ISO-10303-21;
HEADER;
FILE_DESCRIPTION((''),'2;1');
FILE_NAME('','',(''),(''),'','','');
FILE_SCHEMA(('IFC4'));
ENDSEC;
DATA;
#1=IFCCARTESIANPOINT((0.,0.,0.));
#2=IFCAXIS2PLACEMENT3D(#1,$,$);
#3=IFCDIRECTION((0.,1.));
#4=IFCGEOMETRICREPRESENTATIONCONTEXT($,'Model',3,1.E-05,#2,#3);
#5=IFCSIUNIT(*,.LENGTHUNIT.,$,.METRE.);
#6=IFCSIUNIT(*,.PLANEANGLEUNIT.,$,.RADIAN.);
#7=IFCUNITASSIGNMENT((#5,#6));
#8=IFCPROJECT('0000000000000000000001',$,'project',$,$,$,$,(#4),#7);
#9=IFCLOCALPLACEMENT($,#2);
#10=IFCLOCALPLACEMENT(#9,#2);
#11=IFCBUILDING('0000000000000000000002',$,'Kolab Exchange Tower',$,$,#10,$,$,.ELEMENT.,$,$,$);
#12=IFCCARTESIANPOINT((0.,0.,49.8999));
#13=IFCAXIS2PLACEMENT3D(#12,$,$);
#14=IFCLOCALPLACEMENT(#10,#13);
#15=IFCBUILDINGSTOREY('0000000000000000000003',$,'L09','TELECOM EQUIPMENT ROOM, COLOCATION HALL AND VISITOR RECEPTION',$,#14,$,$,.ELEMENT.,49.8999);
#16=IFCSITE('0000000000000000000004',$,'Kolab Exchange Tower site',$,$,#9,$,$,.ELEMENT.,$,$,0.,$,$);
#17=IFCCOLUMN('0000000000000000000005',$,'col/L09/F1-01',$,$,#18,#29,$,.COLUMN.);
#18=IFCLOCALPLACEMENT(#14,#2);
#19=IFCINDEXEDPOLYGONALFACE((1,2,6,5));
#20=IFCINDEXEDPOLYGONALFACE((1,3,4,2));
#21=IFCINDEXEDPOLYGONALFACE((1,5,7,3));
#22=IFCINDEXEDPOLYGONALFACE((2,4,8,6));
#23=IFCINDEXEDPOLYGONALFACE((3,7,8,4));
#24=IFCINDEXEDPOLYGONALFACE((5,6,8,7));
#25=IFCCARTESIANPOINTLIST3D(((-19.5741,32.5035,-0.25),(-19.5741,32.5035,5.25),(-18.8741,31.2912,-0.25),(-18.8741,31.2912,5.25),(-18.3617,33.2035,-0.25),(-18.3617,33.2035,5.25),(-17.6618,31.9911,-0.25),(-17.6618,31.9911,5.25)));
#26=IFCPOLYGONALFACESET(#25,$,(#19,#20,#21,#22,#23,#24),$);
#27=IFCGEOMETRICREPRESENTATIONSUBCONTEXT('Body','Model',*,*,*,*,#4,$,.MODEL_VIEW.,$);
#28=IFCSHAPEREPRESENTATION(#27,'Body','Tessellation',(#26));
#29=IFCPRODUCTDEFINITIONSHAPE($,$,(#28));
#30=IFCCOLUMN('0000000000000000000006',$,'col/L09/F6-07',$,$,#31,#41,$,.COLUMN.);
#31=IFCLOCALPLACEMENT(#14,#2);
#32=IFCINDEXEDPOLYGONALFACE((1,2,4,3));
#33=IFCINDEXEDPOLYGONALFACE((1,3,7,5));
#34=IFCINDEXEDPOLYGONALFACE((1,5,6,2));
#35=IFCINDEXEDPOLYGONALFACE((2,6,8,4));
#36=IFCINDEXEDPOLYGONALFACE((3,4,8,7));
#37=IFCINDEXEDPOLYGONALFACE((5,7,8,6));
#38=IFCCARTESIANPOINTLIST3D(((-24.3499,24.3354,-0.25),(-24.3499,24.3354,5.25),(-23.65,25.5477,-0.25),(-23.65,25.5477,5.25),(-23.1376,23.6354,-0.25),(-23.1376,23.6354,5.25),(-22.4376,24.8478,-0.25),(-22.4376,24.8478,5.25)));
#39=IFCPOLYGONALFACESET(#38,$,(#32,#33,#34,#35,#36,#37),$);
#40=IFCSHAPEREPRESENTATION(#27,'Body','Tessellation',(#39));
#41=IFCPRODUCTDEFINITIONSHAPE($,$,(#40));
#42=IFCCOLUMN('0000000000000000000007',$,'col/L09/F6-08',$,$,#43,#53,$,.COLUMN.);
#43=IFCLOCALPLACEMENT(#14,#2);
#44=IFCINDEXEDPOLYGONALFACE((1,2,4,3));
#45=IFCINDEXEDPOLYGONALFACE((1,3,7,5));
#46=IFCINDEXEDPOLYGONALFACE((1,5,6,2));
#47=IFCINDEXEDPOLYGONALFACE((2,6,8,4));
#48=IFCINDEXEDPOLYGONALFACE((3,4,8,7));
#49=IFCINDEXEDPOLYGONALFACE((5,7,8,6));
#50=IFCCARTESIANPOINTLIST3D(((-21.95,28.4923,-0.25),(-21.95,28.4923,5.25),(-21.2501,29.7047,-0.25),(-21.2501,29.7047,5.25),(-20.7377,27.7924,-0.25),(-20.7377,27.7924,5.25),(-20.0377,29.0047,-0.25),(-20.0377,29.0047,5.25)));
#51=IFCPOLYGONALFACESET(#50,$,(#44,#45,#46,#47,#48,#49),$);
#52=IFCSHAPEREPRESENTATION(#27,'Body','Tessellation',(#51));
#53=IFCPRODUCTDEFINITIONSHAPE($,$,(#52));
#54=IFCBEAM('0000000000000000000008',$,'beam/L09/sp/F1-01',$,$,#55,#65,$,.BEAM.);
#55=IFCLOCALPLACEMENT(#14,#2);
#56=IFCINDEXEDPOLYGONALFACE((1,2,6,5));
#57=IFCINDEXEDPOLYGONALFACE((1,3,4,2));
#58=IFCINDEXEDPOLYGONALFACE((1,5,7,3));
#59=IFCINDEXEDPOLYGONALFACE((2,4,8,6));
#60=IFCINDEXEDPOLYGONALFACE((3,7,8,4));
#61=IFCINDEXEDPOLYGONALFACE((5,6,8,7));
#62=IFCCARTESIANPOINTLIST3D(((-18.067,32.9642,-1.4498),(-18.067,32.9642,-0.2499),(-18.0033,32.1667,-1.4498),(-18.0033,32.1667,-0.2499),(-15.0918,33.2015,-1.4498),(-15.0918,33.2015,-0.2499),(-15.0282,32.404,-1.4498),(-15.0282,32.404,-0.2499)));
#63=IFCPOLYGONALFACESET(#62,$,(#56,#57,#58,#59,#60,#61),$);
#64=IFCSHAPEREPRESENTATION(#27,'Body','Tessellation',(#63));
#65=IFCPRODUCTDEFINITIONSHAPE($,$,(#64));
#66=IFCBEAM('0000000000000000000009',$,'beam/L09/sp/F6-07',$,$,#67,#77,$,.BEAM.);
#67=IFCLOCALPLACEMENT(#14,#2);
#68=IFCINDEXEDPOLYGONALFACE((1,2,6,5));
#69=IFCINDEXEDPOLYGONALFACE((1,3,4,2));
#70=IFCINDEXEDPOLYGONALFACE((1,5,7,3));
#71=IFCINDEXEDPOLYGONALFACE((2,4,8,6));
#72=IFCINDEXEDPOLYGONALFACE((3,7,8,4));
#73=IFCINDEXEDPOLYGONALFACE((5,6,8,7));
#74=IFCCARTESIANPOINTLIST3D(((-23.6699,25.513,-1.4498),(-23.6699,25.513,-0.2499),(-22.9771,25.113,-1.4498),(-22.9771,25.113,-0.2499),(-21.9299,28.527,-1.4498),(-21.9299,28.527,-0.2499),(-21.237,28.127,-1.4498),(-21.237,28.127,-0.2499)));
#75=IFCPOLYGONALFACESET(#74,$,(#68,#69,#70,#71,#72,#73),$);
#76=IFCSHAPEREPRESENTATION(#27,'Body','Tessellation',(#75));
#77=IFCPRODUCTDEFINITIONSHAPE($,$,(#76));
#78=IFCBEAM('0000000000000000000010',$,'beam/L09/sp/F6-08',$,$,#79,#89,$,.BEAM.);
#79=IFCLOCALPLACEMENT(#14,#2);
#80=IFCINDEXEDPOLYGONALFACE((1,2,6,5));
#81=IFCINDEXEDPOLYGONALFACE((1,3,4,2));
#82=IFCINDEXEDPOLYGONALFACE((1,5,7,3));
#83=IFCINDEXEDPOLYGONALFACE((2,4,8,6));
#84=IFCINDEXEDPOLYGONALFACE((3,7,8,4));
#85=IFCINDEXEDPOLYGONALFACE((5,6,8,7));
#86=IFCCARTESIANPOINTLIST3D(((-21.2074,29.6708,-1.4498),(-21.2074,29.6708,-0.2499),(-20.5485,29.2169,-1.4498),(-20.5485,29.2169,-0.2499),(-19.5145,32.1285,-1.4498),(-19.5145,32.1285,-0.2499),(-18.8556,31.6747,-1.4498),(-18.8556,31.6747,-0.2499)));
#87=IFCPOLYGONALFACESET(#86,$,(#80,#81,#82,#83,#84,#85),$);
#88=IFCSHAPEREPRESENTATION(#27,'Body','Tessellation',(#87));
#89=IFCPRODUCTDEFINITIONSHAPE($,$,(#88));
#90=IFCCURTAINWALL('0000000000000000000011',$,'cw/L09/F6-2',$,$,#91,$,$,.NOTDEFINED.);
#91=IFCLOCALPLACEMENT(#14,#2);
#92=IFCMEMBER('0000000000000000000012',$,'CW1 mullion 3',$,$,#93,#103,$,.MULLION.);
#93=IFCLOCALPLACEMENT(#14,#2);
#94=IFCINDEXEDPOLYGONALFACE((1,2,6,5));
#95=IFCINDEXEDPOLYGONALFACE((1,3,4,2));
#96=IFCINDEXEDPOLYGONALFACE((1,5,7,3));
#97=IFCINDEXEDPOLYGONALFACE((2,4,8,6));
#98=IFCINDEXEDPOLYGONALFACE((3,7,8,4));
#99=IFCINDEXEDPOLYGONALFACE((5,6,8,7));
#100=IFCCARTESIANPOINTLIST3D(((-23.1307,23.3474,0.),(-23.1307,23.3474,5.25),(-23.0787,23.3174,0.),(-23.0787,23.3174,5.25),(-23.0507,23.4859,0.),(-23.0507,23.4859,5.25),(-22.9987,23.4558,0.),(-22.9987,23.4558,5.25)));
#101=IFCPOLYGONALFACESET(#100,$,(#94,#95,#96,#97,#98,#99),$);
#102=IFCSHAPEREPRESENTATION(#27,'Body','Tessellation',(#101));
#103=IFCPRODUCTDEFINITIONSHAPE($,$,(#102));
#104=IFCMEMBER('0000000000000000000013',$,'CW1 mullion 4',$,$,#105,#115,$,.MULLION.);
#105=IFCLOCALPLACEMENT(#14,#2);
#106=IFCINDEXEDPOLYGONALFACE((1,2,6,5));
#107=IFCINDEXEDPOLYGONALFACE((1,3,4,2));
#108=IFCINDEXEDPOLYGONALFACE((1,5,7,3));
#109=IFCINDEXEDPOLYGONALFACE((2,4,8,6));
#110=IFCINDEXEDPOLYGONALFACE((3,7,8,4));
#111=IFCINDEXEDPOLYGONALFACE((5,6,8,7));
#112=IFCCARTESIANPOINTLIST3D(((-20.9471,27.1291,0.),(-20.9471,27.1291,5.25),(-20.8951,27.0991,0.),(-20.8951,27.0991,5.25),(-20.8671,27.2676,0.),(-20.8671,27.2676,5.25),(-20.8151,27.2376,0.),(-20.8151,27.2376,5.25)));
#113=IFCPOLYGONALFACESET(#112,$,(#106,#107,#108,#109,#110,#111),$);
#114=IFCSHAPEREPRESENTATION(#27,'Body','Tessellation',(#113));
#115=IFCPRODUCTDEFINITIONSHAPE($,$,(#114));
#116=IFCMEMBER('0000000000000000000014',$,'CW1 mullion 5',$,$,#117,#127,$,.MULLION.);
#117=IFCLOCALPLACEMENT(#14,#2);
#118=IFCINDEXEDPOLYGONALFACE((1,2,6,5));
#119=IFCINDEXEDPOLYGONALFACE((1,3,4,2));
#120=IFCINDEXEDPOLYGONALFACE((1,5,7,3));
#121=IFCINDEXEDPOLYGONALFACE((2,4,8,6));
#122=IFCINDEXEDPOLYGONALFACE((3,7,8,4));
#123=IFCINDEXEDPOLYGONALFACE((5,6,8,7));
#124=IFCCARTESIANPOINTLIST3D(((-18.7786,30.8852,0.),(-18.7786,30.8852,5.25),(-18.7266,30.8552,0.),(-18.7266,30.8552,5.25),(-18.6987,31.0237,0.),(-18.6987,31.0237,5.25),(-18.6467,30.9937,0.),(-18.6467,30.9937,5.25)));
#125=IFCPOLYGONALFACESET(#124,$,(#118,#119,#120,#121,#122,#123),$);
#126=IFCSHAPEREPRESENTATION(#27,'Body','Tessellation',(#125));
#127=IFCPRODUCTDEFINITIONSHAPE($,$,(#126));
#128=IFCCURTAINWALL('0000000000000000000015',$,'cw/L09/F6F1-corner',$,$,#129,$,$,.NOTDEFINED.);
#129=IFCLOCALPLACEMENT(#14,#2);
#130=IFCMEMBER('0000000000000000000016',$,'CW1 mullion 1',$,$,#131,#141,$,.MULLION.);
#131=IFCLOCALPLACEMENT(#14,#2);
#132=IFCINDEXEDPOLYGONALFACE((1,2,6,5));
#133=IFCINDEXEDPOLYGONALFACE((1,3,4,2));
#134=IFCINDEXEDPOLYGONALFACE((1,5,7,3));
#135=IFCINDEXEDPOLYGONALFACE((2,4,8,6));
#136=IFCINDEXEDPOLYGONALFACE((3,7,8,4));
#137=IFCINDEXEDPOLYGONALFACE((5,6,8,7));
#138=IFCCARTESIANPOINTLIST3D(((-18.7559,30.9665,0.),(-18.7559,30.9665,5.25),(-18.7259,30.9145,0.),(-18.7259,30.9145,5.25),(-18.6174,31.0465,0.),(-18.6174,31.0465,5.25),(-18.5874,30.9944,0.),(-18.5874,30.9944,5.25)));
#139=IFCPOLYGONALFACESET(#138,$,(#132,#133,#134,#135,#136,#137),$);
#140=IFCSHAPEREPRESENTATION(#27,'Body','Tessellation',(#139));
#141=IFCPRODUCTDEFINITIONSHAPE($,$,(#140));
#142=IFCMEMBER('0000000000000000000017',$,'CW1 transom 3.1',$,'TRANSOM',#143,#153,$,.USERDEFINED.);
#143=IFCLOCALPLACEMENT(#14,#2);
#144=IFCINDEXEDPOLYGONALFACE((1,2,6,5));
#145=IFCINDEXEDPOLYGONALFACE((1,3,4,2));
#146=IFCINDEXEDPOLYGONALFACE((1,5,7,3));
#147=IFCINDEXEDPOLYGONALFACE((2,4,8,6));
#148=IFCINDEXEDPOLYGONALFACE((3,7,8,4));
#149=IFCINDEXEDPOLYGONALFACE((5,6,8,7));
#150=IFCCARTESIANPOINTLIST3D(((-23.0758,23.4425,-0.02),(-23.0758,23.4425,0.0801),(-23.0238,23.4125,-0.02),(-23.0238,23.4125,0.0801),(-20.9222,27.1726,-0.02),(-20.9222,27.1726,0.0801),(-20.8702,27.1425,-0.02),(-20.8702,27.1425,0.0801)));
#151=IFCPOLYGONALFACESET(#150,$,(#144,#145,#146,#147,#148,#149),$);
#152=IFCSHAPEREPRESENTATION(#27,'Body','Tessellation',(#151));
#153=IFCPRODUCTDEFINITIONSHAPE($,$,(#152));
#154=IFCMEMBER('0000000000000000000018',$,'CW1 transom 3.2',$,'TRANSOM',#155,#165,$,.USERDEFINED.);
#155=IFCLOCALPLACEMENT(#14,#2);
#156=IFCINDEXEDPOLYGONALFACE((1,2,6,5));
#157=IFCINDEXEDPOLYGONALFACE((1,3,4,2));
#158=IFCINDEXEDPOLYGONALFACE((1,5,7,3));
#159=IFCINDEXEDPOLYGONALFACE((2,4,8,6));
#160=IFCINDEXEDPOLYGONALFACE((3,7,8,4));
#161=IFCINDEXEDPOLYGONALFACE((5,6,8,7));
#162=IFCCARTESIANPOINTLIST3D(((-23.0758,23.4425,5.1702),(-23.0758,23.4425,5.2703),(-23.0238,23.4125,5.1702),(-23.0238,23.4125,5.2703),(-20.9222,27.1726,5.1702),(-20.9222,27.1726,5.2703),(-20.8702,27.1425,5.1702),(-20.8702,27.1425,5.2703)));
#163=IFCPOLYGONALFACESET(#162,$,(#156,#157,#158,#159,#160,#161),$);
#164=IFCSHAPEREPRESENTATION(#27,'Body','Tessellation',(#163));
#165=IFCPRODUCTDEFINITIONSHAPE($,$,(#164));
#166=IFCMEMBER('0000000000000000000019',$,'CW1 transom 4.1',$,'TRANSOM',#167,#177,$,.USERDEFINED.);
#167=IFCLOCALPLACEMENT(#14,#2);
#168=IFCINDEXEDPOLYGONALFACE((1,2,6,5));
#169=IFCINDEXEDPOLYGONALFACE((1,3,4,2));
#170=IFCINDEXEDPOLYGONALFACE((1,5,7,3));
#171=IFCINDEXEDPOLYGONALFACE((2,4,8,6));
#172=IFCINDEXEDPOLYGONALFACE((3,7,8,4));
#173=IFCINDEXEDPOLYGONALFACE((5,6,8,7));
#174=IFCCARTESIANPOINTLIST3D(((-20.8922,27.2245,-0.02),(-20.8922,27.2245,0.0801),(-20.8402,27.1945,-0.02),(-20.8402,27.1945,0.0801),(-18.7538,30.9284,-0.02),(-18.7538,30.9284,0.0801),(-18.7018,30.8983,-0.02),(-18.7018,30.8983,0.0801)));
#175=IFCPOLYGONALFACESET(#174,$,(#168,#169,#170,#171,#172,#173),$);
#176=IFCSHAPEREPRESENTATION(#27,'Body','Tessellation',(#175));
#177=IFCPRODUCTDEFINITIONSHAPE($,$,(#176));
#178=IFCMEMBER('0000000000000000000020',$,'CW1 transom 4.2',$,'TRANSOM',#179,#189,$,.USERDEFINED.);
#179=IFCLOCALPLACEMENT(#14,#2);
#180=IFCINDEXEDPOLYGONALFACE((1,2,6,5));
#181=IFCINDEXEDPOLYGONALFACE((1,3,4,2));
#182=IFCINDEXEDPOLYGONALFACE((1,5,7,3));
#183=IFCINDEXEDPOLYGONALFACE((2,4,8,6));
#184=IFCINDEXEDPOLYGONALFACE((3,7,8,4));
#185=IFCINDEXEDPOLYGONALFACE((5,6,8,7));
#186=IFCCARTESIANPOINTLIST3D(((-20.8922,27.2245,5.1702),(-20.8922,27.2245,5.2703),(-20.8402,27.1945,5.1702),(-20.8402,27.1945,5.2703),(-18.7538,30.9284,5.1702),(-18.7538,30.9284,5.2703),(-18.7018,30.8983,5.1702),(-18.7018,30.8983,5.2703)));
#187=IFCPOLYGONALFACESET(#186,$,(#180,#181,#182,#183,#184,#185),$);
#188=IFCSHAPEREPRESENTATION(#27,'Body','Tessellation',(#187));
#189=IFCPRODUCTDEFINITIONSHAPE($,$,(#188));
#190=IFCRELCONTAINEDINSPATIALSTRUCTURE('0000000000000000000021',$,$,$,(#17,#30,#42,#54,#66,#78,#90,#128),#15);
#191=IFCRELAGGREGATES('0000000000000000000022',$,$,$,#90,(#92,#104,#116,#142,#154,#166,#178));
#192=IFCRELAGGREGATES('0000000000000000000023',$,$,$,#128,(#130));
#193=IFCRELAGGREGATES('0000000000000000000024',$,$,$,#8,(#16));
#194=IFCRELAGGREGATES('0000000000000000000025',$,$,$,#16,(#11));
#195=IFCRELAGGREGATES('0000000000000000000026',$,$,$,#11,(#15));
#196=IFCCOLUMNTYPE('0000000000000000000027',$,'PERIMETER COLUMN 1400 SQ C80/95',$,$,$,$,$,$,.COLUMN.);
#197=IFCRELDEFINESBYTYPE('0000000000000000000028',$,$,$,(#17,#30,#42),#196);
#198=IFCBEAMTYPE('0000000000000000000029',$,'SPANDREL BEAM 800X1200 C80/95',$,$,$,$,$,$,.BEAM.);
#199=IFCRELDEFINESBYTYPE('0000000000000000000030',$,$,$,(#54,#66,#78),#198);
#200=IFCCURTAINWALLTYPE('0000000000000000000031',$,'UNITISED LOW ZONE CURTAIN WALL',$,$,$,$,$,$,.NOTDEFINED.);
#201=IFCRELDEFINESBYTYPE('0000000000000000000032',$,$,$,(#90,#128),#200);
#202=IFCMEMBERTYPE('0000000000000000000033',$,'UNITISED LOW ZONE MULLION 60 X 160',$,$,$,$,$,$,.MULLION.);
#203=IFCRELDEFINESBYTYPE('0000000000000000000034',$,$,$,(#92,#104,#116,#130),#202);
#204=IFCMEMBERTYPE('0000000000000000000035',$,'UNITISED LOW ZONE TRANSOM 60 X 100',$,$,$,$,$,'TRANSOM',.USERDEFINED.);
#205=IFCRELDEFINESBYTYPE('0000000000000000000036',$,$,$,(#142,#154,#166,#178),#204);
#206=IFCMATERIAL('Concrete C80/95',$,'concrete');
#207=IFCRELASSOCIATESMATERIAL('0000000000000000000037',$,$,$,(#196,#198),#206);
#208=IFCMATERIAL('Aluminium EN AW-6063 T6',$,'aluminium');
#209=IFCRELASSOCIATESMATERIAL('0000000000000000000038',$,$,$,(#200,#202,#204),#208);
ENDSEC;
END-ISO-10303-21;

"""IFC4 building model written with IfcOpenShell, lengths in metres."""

from ifc_helpers import new_model, si_unit, direction, frame, origin, origin_2d, place, context, subcontext, project, spatial, rectangle, extrude, material, material_profile, profile_set, type_object, element, aggregate, save


model = new_model("IFC4")

# Units and contexts
model_context = context("Model", 3, precision=1e-05, world=origin(), true_north=direction((0.0, 1.0)))
body_context = subcontext(model_context, "Body", "Model", "MODEL_VIEW")
ifc_project = project(units=[si_unit("LENGTHUNIT", "METRE"), si_unit("PLANEANGLEUNIT", "RADIAN")], contexts=[model_context])

# Site, building, storey
site_placement = place(None, origin())
site = spatial("IfcSite", under=ifc_project, at=site_placement, Name="Kolab Exchange Tower site", CompositionType="ELEMENT", RefElevation=0.0)
building_placement = place(site_placement, origin())
building = spatial("IfcBuilding", under=site, at=building_placement, Name="Kolab Exchange Tower", CompositionType="ELEMENT")
storey_placement = place(building_placement, frame((0.0, 0.0, 49.8999)))
storey = spatial("IfcBuildingStorey", under=building, at=storey_placement, Name="L09", Description="TELECOM EQUIPMENT ROOM, COLOCATION HALL AND VISITOR RECEPTION", CompositionType="ELEMENT", Elevation=49.8999)

# Columns
ifc_material_1 = material(Name="Concrete C80/95", Category="concrete")
ifc_material_profile_1 = material_profile(ifc_material_1, rectangle(XDim=1.3999, YDim=1.3999, at=origin_2d()), Name="RC1400")
ifc_profile_set_1 = profile_set([ifc_material_profile_1], Name="Concrete C80/95")
column_type = type_object("IfcColumnType", Name="PERIMETER COLUMN 1400 SQ C80/95", PredefinedType="COLUMN", material=ifc_profile_set_1)
for number, where, z_axis, x_axis, name in (
    (1, (-18.6179, 32.2473, -0.25), (0.0, 0.0, 1.0), (0.866025, 0.5, 0.0), "col/L09/F1-01"),
    (2, (-23.3938, 24.5916, -0.25), (0.0, 0.0, 1.0), (0.5, 0.866025, 0.0), "col/L09/F6-07"),
    (3, (-20.9939, 28.7485, -0.25), (0.0, 0.0, 1.0), (0.5, 0.866025, 0.0), "col/L09/F6-08"),
):
    element("IfcColumn", number, at=place(storey_placement, frame(where, z_axis=z_axis, x_axis=x_axis)), inside=storey, type_object=column_type, Name=name, PredefinedType="COLUMN", context=body_context, shape_type="SweptSolid", body=[
        extrude(rectangle(XDim=1.3999, YDim=1.3999, at=origin_2d()), origin(), (0.0, 0.0, 1.0), 5.5),
    ])

# Beams
ifc_material_profile_2 = material_profile(ifc_material_1, rectangle(XDim=0.8, YDim=1.2, at=origin_2d()), Name="RC800X1200")
ifc_profile_set_2 = profile_set([ifc_material_profile_2], Name="Concrete C80/95")
beam_type = type_object("IfcBeamType", Name="SPANDREL BEAM 800X1200 C80/95", PredefinedType="BEAM", material=ifc_profile_set_2)
beam_1_placement = place(storey_placement, frame((-18.0352, 32.5654, -0.8499), z_axis=(0.996834, 0.079511, 0.0), x_axis=(-0.079511, 0.996834, 0.0)))
element("IfcBeam", 4, at=beam_1_placement, inside=storey, type_object=beam_type, Name="beam/L09/sp/F1-01", PredefinedType="BEAM", context=body_context, shape_type="SweptSolid", body=[
    extrude(rectangle(XDim=0.8, YDim=1.2, at=origin_2d()), origin(), (0.0, 0.0, 1.0), 2.9846),
])
beam_2_placement = place(storey_placement, frame((-23.3235, 25.313, -0.8499), z_axis=(0.49998, 0.866037, 0.0), x_axis=(-0.866037, 0.49998, 0.0)))
element("IfcBeam", 5, at=beam_2_placement, inside=storey, type_object=beam_type, Name="beam/L09/sp/F6-07", PredefinedType="BEAM", context=body_context, shape_type="SweptSolid", body=[
    extrude(rectangle(XDim=0.8, YDim=1.2, at=origin_2d()), origin(), (0.0, 0.0, 1.0), 3.4802),
])
beam_3_placement = place(storey_placement, frame((-20.8779, 29.4438, -0.8499), z_axis=(0.567247, 0.823548, 0.0), x_axis=(-0.823548, 0.567247, 0.0)))
element("IfcBeam", 6, at=beam_3_placement, inside=storey, type_object=beam_type, Name="beam/L09/sp/F6-08", PredefinedType="BEAM", context=body_context, shape_type="SweptSolid", body=[
    extrude(rectangle(XDim=0.8, YDim=1.2, at=origin_2d()), origin(), (0.0, 0.0, 1.0), 2.9844),
])

# Curtain wall, members
ifc_material_2 = material(Name="Aluminium EN AW-6063 T6", Category="aluminium")
curtain_wall_type = type_object("IfcCurtainWallType", Name="UNITISED LOW ZONE CURTAIN WALL", PredefinedType="NOTDEFINED", material=ifc_material_2)
curtain_wall_1_placement = place(storey_placement, origin())
curtain_wall_1 = element("IfcCurtainWall", 7, at=curtain_wall_1_placement, inside=storey, type_object=curtain_wall_type, Name="cw/L09/F6-2", PredefinedType="NOTDEFINED")
ifc_material_profile_3 = material_profile(ifc_material_2, rectangle(XDim=0.0601, YDim=0.1599, at=origin_2d()), Name="RECT 60X160")
ifc_profile_set_3 = profile_set([ifc_material_profile_3], Name="Aluminium EN AW-6063 T6")
member_type_1 = type_object("IfcMemberType", Name="UNITISED LOW ZONE MULLION 60 X 160", PredefinedType="MULLION", material=ifc_profile_set_3)
member_1_placement = place(storey_placement, frame((-23.0647, 23.4016, 0.0), z_axis=(0.0, 0.0, 1.0), x_axis=(-0.866025, 0.5, 0.0)))
member_1 = element("IfcMember", 8, at=member_1_placement, type_object=member_type_1, Name="CW1 mullion 3", PredefinedType="MULLION", context=body_context, shape_type="SweptSolid", body=[
    extrude(rectangle(XDim=0.0601, YDim=0.1599, at=origin_2d()), origin(), (0.0, 0.0, 1.0), 5.25),
])
member_2_placement = place(storey_placement, frame((-20.8811, 27.1833, 0.0), z_axis=(0.0, 0.0, 1.0), x_axis=(-0.866025, 0.5, 0.0)))
member_2 = element("IfcMember", 9, at=member_2_placement, type_object=member_type_1, Name="CW1 mullion 4", PredefinedType="MULLION", context=body_context, shape_type="SweptSolid", body=[
    extrude(rectangle(XDim=0.0601, YDim=0.1599, at=origin_2d()), origin(), (0.0, 0.0, 1.0), 5.25),
])
member_3_placement = place(storey_placement, frame((-18.7126, 30.9395, 0.0), z_axis=(0.0, 0.0, 1.0), x_axis=(-0.866025, 0.5, 0.0)))
member_3 = element("IfcMember", 10, at=member_3_placement, type_object=member_type_1, Name="CW1 mullion 5", PredefinedType="MULLION", context=body_context, shape_type="SweptSolid", body=[
    extrude(rectangle(XDim=0.0601, YDim=0.1599, at=origin_2d()), origin(), (0.0, 0.0, 1.0), 5.25),
])

# Curtain wall, member
curtain_wall_2_placement = place(storey_placement, origin())
curtain_wall_2 = element("IfcCurtainWall", 11, at=curtain_wall_2_placement, inside=storey, type_object=curtain_wall_type, Name="cw/L09/F6F1-corner", PredefinedType="NOTDEFINED")
member_4_placement = place(storey_placement, frame((-18.6716, 30.9805, 0.0), z_axis=(0.0, 0.0, 1.0), x_axis=(-0.5, 0.866025, 0.0)))
member_4 = element("IfcMember", 12, at=member_4_placement, type_object=member_type_1, Name="CW1 mullion 1", PredefinedType="MULLION", context=body_context, shape_type="SweptSolid", body=[
    extrude(rectangle(XDim=0.0601, YDim=0.1599, at=origin_2d()), origin(), (0.0, 0.0, 1.0), 5.25),
])

# Members
ifc_material_profile_4 = material_profile(ifc_material_2, rectangle(XDim=0.0601, YDim=0.1001, at=origin_2d()), Name="RECT 60X100")
ifc_profile_set_4 = profile_set([ifc_material_profile_4], Name="Aluminium EN AW-6063 T6")
member_type_2 = type_object("IfcMemberType", Name="UNITISED LOW ZONE TRANSOM 60 X 100", ElementType="TRANSOM", PredefinedType="USERDEFINED", material=ifc_profile_set_4)
member_5_placement = place(storey_placement, frame((-23.0498, 23.4275, 0.03), z_axis=(0.50001, 0.866019, 0.0), x_axis=(-0.866019, 0.50001, 0.0)))
member_5 = element("IfcMember", 13, at=member_5_placement, type_object=member_type_2, Name="CW1 transom 3.1", ObjectType="TRANSOM", PredefinedType="USERDEFINED", context=body_context, shape_type="SweptSolid", body=[
    extrude(rectangle(XDim=0.0601, YDim=0.1001, at=origin_2d()), origin(), (0.0, 0.0, 1.0), 4.3071),
])
member_6_placement = place(storey_placement, frame((-23.0498, 23.4275, 5.2202), z_axis=(0.50001, 0.866019, 0.0), x_axis=(-0.866019, 0.50001, 0.0)))
member_6 = element("IfcMember", 14, at=member_6_placement, type_object=member_type_2, Name="CW1 transom 3.2", ObjectType="TRANSOM", PredefinedType="USERDEFINED", context=body_context, shape_type="SweptSolid", body=[
    extrude(rectangle(XDim=0.0601, YDim=0.1001, at=origin_2d()), origin(), (0.0, 0.0, 1.0), 4.3071),
])
member_7_placement = place(storey_placement, frame((-20.8662, 27.2095, 0.03), z_axis=(0.500001, 0.866025, 0.0), x_axis=(-0.866025, 0.500001, 0.0)))
member_7 = element("IfcMember", 15, at=member_7_placement, type_object=member_type_2, Name="CW1 transom 4.1", ObjectType="TRANSOM", PredefinedType="USERDEFINED", context=body_context, shape_type="SweptSolid", body=[
    extrude(rectangle(XDim=0.0601, YDim=0.1001, at=origin_2d()), origin(), (0.0, 0.0, 1.0), 4.2769),
])
member_8_placement = place(storey_placement, frame((-20.8662, 27.2095, 5.2202), z_axis=(0.500001, 0.866025, 0.0), x_axis=(-0.866025, 0.500001, 0.0)))
member_8 = element("IfcMember", 16, at=member_8_placement, type_object=member_type_2, Name="CW1 transom 4.2", ObjectType="TRANSOM", PredefinedType="USERDEFINED", context=body_context, shape_type="SweptSolid", body=[
    extrude(rectangle(XDim=0.0601, YDim=0.1001, at=origin_2d()), origin(), (0.0, 0.0, 1.0), 4.2769),
])

aggregate(curtain_wall_1, [member_1, member_2, member_3, member_5, member_6, member_7, member_8])
aggregate(curtain_wall_2, [member_4])

save(model, "model.ifc")
